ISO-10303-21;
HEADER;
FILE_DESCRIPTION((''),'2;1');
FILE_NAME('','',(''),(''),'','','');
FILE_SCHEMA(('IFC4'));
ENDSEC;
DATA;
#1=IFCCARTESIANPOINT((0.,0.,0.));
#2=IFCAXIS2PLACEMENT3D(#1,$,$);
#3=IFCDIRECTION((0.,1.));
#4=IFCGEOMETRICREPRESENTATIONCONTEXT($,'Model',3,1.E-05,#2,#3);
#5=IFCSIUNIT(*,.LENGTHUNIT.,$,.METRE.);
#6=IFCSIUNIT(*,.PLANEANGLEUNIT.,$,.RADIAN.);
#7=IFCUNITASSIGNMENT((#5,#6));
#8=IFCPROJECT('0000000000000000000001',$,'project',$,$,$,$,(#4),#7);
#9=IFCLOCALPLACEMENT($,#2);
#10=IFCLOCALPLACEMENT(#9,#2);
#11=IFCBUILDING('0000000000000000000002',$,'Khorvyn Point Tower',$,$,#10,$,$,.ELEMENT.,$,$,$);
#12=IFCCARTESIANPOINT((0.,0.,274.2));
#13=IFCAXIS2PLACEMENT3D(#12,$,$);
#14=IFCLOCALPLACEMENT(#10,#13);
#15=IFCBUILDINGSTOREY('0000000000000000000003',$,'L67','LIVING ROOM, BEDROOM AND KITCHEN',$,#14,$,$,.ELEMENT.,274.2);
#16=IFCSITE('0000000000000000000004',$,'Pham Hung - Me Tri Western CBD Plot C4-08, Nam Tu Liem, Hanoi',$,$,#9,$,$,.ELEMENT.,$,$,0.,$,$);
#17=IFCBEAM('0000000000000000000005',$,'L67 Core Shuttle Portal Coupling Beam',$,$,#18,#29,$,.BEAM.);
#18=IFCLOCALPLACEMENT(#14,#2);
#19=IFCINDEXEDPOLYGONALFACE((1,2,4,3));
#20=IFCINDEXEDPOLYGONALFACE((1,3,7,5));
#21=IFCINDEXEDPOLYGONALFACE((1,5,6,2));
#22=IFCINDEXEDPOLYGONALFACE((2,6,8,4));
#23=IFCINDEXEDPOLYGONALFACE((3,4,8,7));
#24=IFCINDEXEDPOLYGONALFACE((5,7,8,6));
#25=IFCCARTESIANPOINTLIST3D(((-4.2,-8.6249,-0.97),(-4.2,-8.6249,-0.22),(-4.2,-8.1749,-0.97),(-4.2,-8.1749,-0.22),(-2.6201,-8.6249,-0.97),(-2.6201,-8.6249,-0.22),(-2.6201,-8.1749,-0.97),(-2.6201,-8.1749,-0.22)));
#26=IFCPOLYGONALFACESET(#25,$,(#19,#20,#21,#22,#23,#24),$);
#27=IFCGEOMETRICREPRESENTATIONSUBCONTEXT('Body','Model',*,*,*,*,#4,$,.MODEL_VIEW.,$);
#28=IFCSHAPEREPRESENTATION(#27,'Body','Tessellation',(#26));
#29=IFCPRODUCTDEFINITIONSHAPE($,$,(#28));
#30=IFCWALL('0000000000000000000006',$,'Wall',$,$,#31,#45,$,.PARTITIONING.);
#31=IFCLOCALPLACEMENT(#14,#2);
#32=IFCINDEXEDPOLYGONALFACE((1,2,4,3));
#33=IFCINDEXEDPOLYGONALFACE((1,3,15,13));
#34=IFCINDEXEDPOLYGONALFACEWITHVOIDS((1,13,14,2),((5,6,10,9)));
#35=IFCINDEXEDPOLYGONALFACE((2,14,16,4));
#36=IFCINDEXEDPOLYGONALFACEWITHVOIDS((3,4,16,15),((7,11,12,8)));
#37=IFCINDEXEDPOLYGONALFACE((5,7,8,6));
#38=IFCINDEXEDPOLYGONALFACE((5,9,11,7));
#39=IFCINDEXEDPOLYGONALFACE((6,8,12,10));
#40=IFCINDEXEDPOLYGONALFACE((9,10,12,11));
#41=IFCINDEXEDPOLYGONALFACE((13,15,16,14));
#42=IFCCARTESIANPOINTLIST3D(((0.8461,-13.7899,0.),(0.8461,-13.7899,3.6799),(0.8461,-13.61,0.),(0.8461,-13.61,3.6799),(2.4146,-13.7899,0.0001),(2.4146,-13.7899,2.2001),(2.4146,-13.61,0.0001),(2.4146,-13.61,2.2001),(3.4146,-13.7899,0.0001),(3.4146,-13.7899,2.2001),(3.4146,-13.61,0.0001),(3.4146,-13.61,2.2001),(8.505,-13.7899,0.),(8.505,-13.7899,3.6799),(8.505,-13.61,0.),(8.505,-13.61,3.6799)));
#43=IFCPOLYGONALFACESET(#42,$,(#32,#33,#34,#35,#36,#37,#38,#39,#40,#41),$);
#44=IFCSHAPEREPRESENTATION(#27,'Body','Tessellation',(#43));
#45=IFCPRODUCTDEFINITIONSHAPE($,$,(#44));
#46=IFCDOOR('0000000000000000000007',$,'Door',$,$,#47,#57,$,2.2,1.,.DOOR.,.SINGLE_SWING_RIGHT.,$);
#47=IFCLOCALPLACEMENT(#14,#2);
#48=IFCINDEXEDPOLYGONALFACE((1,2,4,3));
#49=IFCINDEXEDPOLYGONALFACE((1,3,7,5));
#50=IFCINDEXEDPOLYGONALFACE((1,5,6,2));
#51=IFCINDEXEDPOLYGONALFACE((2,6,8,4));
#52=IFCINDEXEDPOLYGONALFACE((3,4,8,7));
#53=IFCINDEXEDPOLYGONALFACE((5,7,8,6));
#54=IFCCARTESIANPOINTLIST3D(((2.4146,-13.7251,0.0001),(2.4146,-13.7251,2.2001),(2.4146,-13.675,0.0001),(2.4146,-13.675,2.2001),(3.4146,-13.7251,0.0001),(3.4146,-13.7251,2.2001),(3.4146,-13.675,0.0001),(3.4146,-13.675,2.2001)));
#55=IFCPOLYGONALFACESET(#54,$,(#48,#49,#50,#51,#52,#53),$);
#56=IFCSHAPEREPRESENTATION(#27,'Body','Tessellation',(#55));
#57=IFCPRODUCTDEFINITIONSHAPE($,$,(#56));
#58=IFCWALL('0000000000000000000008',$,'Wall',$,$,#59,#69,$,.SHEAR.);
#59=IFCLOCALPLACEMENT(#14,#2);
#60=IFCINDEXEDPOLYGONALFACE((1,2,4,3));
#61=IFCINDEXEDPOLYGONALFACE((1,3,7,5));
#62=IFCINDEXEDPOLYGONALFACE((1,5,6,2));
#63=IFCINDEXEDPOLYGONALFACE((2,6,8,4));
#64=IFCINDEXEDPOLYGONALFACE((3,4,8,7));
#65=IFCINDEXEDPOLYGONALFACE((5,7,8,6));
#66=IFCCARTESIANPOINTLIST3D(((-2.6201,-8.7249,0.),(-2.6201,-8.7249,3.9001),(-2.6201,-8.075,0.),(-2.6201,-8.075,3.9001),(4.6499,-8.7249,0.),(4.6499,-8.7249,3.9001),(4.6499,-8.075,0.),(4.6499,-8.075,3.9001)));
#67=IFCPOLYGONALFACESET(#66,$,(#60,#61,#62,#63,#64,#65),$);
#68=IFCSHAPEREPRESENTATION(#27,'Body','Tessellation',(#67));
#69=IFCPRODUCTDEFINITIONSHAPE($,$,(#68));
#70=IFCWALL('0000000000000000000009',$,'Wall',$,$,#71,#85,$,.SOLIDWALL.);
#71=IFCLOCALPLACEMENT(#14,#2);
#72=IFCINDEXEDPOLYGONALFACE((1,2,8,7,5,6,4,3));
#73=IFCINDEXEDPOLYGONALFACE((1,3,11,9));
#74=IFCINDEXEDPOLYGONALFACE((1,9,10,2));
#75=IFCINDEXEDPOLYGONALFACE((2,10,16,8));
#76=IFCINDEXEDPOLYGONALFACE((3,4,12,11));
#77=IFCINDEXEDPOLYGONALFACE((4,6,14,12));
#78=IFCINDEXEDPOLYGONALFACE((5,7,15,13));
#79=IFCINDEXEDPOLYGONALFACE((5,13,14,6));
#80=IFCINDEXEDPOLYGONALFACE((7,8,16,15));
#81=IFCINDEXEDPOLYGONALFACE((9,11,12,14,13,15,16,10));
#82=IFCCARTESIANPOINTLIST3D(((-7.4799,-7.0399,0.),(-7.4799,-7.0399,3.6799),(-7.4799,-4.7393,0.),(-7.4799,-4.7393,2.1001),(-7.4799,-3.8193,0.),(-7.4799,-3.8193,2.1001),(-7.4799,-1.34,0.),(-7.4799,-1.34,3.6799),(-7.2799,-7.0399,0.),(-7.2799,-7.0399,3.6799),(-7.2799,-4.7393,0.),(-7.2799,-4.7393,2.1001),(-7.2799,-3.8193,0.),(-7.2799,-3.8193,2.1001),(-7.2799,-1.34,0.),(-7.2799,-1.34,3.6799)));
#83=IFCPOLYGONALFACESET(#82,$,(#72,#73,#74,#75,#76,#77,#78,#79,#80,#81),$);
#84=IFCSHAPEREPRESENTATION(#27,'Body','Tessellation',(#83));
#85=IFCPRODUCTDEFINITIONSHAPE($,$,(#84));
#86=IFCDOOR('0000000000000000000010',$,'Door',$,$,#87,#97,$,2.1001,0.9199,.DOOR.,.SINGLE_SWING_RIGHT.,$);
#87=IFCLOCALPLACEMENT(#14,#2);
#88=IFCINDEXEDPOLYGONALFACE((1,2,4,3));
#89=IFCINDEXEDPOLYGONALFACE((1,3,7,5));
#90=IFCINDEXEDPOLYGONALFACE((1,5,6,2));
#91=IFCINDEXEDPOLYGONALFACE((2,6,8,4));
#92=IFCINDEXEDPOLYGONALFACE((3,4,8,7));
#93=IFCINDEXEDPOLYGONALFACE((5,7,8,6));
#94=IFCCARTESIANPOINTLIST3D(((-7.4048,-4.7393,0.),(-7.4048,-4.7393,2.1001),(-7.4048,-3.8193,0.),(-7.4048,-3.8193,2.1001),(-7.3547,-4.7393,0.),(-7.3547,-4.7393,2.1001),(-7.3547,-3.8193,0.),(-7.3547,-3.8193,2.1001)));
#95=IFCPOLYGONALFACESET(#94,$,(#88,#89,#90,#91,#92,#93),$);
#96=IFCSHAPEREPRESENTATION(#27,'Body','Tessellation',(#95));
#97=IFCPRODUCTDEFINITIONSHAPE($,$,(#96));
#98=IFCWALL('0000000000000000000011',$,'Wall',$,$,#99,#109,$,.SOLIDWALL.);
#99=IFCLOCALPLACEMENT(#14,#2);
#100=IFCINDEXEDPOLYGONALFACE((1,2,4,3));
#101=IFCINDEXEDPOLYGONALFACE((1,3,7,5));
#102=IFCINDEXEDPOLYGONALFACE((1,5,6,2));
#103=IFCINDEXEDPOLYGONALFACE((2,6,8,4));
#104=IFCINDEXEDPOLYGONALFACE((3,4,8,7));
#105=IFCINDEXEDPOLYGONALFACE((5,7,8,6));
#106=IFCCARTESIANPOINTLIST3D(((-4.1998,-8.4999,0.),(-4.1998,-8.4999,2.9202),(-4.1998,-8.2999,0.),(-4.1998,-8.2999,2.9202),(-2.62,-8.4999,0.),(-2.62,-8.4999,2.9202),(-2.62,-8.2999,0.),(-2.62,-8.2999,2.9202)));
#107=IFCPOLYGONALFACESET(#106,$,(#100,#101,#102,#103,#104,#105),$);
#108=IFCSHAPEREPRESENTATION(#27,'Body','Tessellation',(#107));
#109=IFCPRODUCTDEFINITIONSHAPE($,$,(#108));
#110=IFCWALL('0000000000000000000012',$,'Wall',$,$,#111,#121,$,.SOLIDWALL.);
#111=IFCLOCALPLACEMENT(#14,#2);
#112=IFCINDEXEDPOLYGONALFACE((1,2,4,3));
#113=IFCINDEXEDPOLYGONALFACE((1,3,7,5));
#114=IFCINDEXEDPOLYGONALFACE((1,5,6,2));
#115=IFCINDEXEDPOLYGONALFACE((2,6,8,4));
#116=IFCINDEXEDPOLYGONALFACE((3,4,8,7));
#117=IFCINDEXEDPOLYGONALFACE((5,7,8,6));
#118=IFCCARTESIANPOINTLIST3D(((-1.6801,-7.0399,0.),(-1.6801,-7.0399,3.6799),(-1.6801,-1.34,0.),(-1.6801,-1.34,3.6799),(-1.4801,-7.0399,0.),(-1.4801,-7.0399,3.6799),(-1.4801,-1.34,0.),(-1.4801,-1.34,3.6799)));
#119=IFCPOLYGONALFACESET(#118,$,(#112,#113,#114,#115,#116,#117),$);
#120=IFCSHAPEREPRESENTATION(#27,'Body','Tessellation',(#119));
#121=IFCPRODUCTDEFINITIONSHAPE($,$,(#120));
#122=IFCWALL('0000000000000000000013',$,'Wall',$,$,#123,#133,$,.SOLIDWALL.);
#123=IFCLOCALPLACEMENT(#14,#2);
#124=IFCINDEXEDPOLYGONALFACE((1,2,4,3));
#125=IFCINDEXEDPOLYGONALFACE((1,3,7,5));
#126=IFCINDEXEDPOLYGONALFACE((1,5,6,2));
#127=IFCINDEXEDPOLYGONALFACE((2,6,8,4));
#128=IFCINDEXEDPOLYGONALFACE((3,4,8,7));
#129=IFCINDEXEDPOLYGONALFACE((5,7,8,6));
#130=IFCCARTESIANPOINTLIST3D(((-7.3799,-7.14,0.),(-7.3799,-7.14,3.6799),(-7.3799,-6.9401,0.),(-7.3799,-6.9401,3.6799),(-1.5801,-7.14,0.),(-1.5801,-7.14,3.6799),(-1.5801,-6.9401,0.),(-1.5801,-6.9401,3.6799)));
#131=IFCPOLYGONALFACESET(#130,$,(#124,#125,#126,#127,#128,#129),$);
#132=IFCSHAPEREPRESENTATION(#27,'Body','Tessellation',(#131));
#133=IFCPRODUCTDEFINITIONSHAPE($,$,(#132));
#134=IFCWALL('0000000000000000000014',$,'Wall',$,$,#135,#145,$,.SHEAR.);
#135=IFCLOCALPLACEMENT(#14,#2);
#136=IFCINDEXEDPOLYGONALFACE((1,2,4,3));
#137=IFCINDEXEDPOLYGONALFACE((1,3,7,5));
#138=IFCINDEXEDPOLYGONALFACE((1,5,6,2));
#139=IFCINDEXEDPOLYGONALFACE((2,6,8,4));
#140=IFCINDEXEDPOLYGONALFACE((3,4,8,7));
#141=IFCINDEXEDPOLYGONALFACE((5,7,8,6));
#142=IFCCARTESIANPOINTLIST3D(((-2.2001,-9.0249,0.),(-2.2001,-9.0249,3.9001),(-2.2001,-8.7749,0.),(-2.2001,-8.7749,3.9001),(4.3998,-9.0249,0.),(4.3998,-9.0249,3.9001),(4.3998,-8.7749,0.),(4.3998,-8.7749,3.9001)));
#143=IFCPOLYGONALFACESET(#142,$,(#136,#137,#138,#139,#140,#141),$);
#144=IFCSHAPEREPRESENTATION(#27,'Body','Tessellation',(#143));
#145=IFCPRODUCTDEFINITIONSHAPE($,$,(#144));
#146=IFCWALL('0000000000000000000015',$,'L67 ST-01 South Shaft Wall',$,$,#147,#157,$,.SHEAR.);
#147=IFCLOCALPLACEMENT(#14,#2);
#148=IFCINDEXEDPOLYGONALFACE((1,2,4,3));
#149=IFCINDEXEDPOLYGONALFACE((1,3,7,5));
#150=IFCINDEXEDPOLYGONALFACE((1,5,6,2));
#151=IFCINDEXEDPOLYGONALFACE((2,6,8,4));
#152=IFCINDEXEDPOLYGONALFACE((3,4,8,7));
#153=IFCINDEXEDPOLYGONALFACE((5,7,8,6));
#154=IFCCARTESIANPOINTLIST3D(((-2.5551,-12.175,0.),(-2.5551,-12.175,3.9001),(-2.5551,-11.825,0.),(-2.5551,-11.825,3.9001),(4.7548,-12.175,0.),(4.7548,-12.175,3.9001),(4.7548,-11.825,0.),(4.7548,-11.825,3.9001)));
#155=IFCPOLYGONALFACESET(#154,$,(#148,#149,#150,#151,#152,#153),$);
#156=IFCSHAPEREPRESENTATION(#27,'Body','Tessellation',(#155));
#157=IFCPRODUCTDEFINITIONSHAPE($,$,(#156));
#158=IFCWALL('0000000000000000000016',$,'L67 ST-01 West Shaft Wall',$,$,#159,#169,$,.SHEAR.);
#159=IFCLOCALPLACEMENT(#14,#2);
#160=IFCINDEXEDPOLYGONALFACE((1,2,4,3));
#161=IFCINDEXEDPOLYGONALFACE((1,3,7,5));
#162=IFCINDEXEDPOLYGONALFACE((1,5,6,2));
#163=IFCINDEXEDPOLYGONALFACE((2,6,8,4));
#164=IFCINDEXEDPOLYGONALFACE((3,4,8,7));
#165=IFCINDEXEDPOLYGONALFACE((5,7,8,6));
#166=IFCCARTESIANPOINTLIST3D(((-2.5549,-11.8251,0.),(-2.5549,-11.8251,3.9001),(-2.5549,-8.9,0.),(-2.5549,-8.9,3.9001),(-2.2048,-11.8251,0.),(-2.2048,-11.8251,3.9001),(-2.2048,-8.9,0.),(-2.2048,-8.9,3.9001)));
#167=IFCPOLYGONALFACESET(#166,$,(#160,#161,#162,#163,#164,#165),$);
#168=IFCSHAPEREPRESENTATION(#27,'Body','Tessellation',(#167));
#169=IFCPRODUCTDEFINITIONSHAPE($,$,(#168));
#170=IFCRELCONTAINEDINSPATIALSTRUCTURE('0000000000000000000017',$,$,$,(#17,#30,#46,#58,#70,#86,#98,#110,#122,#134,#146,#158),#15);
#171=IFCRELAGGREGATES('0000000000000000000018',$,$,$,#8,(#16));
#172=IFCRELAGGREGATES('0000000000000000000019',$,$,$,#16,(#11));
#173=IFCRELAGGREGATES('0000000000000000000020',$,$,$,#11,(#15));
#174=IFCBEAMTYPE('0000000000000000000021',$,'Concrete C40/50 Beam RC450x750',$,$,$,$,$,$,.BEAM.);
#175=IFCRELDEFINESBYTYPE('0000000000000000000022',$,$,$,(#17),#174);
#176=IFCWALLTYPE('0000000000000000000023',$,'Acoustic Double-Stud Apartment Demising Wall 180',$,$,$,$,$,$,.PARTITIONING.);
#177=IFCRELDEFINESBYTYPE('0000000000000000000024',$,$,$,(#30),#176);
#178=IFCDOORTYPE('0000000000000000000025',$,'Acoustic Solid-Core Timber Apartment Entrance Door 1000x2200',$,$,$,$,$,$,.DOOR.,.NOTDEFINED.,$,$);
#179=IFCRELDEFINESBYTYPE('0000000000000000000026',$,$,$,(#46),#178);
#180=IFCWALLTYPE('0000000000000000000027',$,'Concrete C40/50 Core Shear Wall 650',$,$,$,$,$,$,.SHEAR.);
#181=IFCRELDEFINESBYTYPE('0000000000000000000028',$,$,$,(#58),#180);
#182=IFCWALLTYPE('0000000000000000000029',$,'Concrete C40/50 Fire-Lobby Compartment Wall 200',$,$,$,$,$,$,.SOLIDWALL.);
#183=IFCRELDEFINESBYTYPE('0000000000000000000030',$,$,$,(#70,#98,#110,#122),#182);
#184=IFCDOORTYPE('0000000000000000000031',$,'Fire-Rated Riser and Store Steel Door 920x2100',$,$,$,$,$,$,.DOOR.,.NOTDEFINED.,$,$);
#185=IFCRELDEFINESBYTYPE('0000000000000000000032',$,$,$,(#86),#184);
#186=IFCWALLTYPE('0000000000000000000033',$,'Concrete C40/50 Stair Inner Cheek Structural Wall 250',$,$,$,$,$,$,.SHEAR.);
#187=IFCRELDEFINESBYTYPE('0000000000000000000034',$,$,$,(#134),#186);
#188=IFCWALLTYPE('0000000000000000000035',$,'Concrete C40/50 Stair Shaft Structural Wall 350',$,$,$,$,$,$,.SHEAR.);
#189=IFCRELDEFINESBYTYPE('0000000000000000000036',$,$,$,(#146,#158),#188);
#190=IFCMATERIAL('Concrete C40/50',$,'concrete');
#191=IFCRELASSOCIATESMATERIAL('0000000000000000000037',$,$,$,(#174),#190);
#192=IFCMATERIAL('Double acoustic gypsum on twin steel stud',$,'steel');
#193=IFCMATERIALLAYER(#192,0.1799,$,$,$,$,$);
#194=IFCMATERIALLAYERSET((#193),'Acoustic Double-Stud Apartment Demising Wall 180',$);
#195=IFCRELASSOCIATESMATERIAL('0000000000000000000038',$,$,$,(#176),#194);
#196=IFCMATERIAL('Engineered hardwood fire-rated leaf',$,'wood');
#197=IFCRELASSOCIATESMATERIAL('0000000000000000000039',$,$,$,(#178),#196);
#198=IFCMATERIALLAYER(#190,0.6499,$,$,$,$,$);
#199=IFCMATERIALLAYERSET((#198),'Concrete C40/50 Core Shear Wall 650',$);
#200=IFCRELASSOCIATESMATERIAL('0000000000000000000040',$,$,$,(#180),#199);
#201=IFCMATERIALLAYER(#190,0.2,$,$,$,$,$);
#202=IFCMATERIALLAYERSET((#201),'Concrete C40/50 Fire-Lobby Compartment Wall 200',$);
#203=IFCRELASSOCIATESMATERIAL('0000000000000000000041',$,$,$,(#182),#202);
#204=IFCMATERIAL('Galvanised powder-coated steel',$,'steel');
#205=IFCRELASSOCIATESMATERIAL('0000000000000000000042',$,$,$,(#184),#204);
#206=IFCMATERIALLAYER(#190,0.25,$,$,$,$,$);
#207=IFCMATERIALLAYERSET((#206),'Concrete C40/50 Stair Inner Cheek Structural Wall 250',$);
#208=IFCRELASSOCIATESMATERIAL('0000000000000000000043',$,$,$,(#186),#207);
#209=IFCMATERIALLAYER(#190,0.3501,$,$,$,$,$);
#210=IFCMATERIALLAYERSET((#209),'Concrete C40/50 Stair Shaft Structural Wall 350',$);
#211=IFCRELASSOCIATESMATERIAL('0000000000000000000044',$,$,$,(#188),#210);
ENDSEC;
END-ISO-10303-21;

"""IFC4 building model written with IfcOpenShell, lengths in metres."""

from ifc_helpers import new_model, si_unit, direction, frame, frame_2d, origin, origin_2d, place, context, subcontext, project, spatial, rectangle, extrude, material, layer, layer_set, material_profile, profile_set, type_object, element, fill, save


model = new_model("IFC4")

# Units and contexts
model_context = context("Model", 3, precision=1e-05, world=origin(), true_north=direction((0.0, 1.0)))
body_context = subcontext(model_context, "Body", "Model", "MODEL_VIEW")
ifc_project = project(units=[si_unit("LENGTHUNIT", "METRE"), si_unit("PLANEANGLEUNIT", "RADIAN")], contexts=[model_context])

# Site, building, storey
site_placement = place(None, origin())
site = spatial("IfcSite", under=ifc_project, at=site_placement, Name="Pham Hung - Me Tri Western CBD Plot C4-08, Nam Tu Liem, Hanoi", CompositionType="ELEMENT", RefElevation=0.0)
building_placement = place(site_placement, origin())
building = spatial("IfcBuilding", under=site, at=building_placement, Name="Khorvyn Point Tower", CompositionType="ELEMENT")
storey_placement = place(building_placement, frame((0.0, 0.0, 274.2)))
storey = spatial("IfcBuildingStorey", under=building, at=storey_placement, Name="L67", Description="LIVING ROOM, BEDROOM AND KITCHEN", CompositionType="ELEMENT", Elevation=274.2)

# Beam
ifc_material_1 = material(Name="Concrete C40/50", Category="concrete")
ifc_material_profile = material_profile(ifc_material_1, rectangle(XDim=0.45, YDim=0.75, at=origin_2d()))
ifc_profile_set = profile_set([ifc_material_profile], Name="Concrete C40/50 RC450x750")
beam_type = type_object("IfcBeamType", Name="Concrete C40/50 Beam RC450x750", PredefinedType="BEAM", material=ifc_profile_set)
beam_placement = place(storey_placement, frame((-4.2, -8.3999, -0.595), z_axis=(1.0, 0.0, 0.0), x_axis=(0.0, 1.0, 0.0)))
element("IfcBeam", 1, at=beam_placement, inside=storey, type_object=beam_type, Name="L67 Core Shuttle Portal Coupling Beam", PredefinedType="BEAM", context=body_context, shape_type="SweptSolid", body=[
    extrude(rectangle(XDim=0.45, YDim=0.75, at=origin_2d()), origin(), (0.0, 0.0, 1.0), 1.5798),
])

# Wall, opening, door
ifc_material_2 = material(Name="Double acoustic gypsum on twin steel stud", Category="steel")
ifc_layer_1 = layer(ifc_material_2, 0.1799)
ifc_layer_set_1 = layer_set([ifc_layer_1], Name="Acoustic Double-Stud Apartment Demising Wall 180")
wall_type_1 = type_object("IfcWallType", Name="Acoustic Double-Stud Apartment Demising Wall 180", PredefinedType="PARTITIONING", material=ifc_layer_set_1)
wall_1_placement = place(storey_placement, frame((0.8459, -13.7, 0.0), z_axis=(0.0, 0.0, 1.0), x_axis=(1.0, 0.0, 0.0)))
wall_1 = element("IfcWall", 2, at=wall_1_placement, inside=storey, type_object=wall_type_1, Name="Wall", PredefinedType="PARTITIONING", context=body_context, shape_type="SweptSolid", body=[
    extrude(rectangle(XDim=7.6589, YDim=0.1799, at=frame_2d((3.8296, 0.0))), origin(), (0.0, 0.0, 1.0), 3.6799),
])
opening_1_placement = place(wall_1_placement, frame((1.5686, 0.0, 0.0)))
opening_1 = element("IfcOpeningElement", 3, at=opening_1_placement, cuts=wall_1, PredefinedType="OPENING", context=body_context, shape_type="SweptSolid", body=[
    extrude(rectangle(XDim=1.0, YDim=2.2, at=frame_2d((0.5, 1.1001))), frame((0.0, 0.0999, 0.0), z_axis=(0.0, -1.0, 0.0), x_axis=(1.0, 0.0, 0.0)), (0.0, 0.0, 1.0), 0.2),
])
ifc_material_3 = material(Name="Engineered hardwood fire-rated leaf", Category="wood")
door_type_1 = type_object("IfcDoorType", Name="Acoustic Solid-Core Timber Apartment Entrance Door 1000x2200", OperationType="NOTDEFINED", PredefinedType="DOOR", material=ifc_material_3)
door_1_placement = place(opening_1_placement, origin())
door_1 = element("IfcDoor", 4, at=door_1_placement, inside=storey, type_object=door_type_1, Name="Door", OperationType="SINGLE_SWING_RIGHT", OverallHeight=2.2, OverallWidth=1.0, PredefinedType="DOOR", context=body_context, shape_type="SweptSolid", body=[
    extrude(rectangle(XDim=1.0, YDim=2.2, at=frame_2d((0.5, 1.1001))), frame((0.0, 0.0249, 0.0), z_axis=(0.0, -1.0, 0.0), x_axis=(1.0, 0.0, 0.0)), (0.0, 0.0, 1.0), 0.05),
])
fill(opening_1, door_1)

# Wall
ifc_layer_2 = layer(ifc_material_1, 0.6499)
ifc_layer_set_2 = layer_set([ifc_layer_2], Name="Concrete C40/50 Core Shear Wall 650")
wall_type_2 = type_object("IfcWallType", Name="Concrete C40/50 Core Shear Wall 650", PredefinedType="SHEAR", material=ifc_layer_set_2)
wall_2_placement = place(storey_placement, frame((-2.6201, -8.3999, 0.0), z_axis=(0.0, 0.0, 1.0), x_axis=(1.0, 0.0, 0.0)))
element("IfcWall", 5, at=wall_2_placement, inside=storey, type_object=wall_type_2, Name="Wall", PredefinedType="SHEAR", context=body_context, shape_type="SweptSolid", body=[
    extrude(rectangle(XDim=7.27, YDim=0.6499, at=frame_2d((3.635, 0.0))), origin(), (0.0, 0.0, 1.0), 3.9001),
])

# Wall, opening, door
ifc_layer_3 = layer(ifc_material_1, 0.2)
ifc_layer_set_3 = layer_set([ifc_layer_3], Name="Concrete C40/50 Fire-Lobby Compartment Wall 200")
wall_type_3 = type_object("IfcWallType", Name="Concrete C40/50 Fire-Lobby Compartment Wall 200", PredefinedType="SOLIDWALL", material=ifc_layer_set_3)
wall_3_placement = place(storey_placement, frame((-7.3799, -7.04, 0.0), z_axis=(0.0, 0.0, 1.0), x_axis=(0.0, 1.0, 0.0)))
wall_3 = element("IfcWall", 6, at=wall_3_placement, inside=storey, type_object=wall_type_3, Name="Wall", PredefinedType="SOLIDWALL", context=body_context, shape_type="SweptSolid", body=[
    extrude(rectangle(XDim=5.7, YDim=0.2, at=frame_2d((2.8501, 0.0))), origin(), (0.0, 0.0, 1.0), 3.6799),
])
opening_2_placement = place(wall_3_placement, frame((2.3008, 0.0, 0.0)))
opening_2 = element("IfcOpeningElement", 7, at=opening_2_placement, cuts=wall_3, PredefinedType="OPENING", context=body_context, shape_type="SweptSolid", body=[
    extrude(rectangle(XDim=0.9199, YDim=2.1001, at=frame_2d((0.46, 1.05))), frame((0.0, 0.1099, 0.0), z_axis=(0.0, -1.0, 0.0), x_axis=(1.0, 0.0, 0.0)), (0.0, 0.0, 1.0), 0.22),
])
ifc_material_4 = material(Name="Galvanised powder-coated steel", Category="steel")
door_type_2 = type_object("IfcDoorType", Name="Fire-Rated Riser and Store Steel Door 920x2100", OperationType="NOTDEFINED", PredefinedType="DOOR", material=ifc_material_4)
door_2_placement = place(opening_2_placement, origin())
door_2 = element("IfcDoor", 8, at=door_2_placement, inside=storey, type_object=door_type_2, Name="Door", OperationType="SINGLE_SWING_RIGHT", OverallHeight=2.1001, OverallWidth=0.9199, PredefinedType="DOOR", context=body_context, shape_type="SweptSolid", body=[
    extrude(rectangle(XDim=0.9199, YDim=2.1001, at=frame_2d((0.46, 1.05))), frame((0.0, 0.0249, 0.0), z_axis=(0.0, -1.0, 0.0), x_axis=(1.0, 0.0, 0.0)), (0.0, 0.0, 1.0), 0.05),
])
fill(opening_2, door_2)

# Walls
wall_4_placement = place(storey_placement, frame((-4.2, -8.3999, 0.0), z_axis=(0.0, 0.0, 1.0), x_axis=(1.0, 0.0, 0.0)))
element("IfcWall", 9, at=wall_4_placement, inside=storey, type_object=wall_type_3, Name="Wall", PredefinedType="SOLIDWALL", context=body_context, shape_type="SweptSolid", body=[
    extrude(rectangle(XDim=1.5798, YDim=0.2, at=frame_2d((0.79, 0.0))), origin(), (0.0, 0.0, 1.0), 2.9202),
])
wall_5_placement = place(storey_placement, frame((-1.5801, -7.04, 0.0), z_axis=(0.0, 0.0, 1.0), x_axis=(0.0, 1.0, 0.0)))
element("IfcWall", 10, at=wall_5_placement, inside=storey, type_object=wall_type_3, Name="Wall", PredefinedType="SOLIDWALL", context=body_context, shape_type="SweptSolid", body=[
    extrude(rectangle(XDim=5.7, YDim=0.2, at=frame_2d((2.8501, 0.0))), origin(), (0.0, 0.0, 1.0), 3.6799),
])
wall_6_placement = place(storey_placement, frame((-7.3799, -7.04, 0.0), z_axis=(0.0, 0.0, 1.0), x_axis=(1.0, 0.0, 0.0)))
element("IfcWall", 11, at=wall_6_placement, inside=storey, type_object=wall_type_3, Name="Wall", PredefinedType="SOLIDWALL", context=body_context, shape_type="SweptSolid", body=[
    extrude(rectangle(XDim=5.7998, YDim=0.2, at=frame_2d((2.8999, 0.0))), origin(), (0.0, 0.0, 1.0), 3.6799),
])
ifc_layer_4 = layer(ifc_material_1, 0.25)
ifc_layer_set_4 = layer_set([ifc_layer_4], Name="Concrete C40/50 Stair Inner Cheek Structural Wall 250")
wall_type_4 = type_object("IfcWallType", Name="Concrete C40/50 Stair Inner Cheek Structural Wall 250", PredefinedType="SHEAR", material=ifc_layer_set_4)
wall_7_placement = place(storey_placement, frame((-2.2, -8.8999, 0.0), z_axis=(0.0, 0.0, 1.0), x_axis=(1.0, 0.0, 0.0)))
element("IfcWall", 12, at=wall_7_placement, inside=storey, type_object=wall_type_4, Name="Wall", PredefinedType="SHEAR", context=body_context, shape_type="SweptSolid", body=[
    extrude(rectangle(XDim=6.5999, YDim=0.25, at=frame_2d((3.2998, 0.0))), origin(), (0.0, 0.0, 1.0), 3.9001),
])
ifc_layer_5 = layer(ifc_material_1, 0.3501)
ifc_layer_set_5 = layer_set([ifc_layer_5], Name="Concrete C40/50 Stair Shaft Structural Wall 350")
wall_type_5 = type_object("IfcWallType", Name="Concrete C40/50 Stair Shaft Structural Wall 350", PredefinedType="SHEAR", material=ifc_layer_set_5)
wall_8_placement = place(storey_placement, frame((-2.5549, -12.0, 0.0), z_axis=(0.0, 0.0, 1.0), x_axis=(1.0, 0.0, 0.0)))
element("IfcWall", 13, at=wall_8_placement, inside=storey, type_object=wall_type_5, Name="L67 ST-01 South Shaft Wall", PredefinedType="SHEAR", context=body_context, shape_type="SweptSolid", body=[
    extrude(rectangle(XDim=7.3098, YDim=0.3501, at=frame_2d((3.6548, 0.0))), origin(), (0.0, 0.0, 1.0), 3.9001),
])
wall_9_placement = place(storey_placement, frame((-2.3799, -11.825, 0.0), z_axis=(0.0, 0.0, 1.0), x_axis=(0.0, 1.0, 0.0)))
element("IfcWall", 14, at=wall_9_placement, inside=storey, type_object=wall_type_5, Name="L67 ST-01 West Shaft Wall", PredefinedType="SHEAR", context=body_context, shape_type="SweptSolid", body=[
    extrude(rectangle(XDim=2.925, YDim=0.3501, at=frame_2d((1.4624, 0.0))), origin(), (0.0, 0.0, 1.0), 3.9001),
])

save(model, "model.ifc")
